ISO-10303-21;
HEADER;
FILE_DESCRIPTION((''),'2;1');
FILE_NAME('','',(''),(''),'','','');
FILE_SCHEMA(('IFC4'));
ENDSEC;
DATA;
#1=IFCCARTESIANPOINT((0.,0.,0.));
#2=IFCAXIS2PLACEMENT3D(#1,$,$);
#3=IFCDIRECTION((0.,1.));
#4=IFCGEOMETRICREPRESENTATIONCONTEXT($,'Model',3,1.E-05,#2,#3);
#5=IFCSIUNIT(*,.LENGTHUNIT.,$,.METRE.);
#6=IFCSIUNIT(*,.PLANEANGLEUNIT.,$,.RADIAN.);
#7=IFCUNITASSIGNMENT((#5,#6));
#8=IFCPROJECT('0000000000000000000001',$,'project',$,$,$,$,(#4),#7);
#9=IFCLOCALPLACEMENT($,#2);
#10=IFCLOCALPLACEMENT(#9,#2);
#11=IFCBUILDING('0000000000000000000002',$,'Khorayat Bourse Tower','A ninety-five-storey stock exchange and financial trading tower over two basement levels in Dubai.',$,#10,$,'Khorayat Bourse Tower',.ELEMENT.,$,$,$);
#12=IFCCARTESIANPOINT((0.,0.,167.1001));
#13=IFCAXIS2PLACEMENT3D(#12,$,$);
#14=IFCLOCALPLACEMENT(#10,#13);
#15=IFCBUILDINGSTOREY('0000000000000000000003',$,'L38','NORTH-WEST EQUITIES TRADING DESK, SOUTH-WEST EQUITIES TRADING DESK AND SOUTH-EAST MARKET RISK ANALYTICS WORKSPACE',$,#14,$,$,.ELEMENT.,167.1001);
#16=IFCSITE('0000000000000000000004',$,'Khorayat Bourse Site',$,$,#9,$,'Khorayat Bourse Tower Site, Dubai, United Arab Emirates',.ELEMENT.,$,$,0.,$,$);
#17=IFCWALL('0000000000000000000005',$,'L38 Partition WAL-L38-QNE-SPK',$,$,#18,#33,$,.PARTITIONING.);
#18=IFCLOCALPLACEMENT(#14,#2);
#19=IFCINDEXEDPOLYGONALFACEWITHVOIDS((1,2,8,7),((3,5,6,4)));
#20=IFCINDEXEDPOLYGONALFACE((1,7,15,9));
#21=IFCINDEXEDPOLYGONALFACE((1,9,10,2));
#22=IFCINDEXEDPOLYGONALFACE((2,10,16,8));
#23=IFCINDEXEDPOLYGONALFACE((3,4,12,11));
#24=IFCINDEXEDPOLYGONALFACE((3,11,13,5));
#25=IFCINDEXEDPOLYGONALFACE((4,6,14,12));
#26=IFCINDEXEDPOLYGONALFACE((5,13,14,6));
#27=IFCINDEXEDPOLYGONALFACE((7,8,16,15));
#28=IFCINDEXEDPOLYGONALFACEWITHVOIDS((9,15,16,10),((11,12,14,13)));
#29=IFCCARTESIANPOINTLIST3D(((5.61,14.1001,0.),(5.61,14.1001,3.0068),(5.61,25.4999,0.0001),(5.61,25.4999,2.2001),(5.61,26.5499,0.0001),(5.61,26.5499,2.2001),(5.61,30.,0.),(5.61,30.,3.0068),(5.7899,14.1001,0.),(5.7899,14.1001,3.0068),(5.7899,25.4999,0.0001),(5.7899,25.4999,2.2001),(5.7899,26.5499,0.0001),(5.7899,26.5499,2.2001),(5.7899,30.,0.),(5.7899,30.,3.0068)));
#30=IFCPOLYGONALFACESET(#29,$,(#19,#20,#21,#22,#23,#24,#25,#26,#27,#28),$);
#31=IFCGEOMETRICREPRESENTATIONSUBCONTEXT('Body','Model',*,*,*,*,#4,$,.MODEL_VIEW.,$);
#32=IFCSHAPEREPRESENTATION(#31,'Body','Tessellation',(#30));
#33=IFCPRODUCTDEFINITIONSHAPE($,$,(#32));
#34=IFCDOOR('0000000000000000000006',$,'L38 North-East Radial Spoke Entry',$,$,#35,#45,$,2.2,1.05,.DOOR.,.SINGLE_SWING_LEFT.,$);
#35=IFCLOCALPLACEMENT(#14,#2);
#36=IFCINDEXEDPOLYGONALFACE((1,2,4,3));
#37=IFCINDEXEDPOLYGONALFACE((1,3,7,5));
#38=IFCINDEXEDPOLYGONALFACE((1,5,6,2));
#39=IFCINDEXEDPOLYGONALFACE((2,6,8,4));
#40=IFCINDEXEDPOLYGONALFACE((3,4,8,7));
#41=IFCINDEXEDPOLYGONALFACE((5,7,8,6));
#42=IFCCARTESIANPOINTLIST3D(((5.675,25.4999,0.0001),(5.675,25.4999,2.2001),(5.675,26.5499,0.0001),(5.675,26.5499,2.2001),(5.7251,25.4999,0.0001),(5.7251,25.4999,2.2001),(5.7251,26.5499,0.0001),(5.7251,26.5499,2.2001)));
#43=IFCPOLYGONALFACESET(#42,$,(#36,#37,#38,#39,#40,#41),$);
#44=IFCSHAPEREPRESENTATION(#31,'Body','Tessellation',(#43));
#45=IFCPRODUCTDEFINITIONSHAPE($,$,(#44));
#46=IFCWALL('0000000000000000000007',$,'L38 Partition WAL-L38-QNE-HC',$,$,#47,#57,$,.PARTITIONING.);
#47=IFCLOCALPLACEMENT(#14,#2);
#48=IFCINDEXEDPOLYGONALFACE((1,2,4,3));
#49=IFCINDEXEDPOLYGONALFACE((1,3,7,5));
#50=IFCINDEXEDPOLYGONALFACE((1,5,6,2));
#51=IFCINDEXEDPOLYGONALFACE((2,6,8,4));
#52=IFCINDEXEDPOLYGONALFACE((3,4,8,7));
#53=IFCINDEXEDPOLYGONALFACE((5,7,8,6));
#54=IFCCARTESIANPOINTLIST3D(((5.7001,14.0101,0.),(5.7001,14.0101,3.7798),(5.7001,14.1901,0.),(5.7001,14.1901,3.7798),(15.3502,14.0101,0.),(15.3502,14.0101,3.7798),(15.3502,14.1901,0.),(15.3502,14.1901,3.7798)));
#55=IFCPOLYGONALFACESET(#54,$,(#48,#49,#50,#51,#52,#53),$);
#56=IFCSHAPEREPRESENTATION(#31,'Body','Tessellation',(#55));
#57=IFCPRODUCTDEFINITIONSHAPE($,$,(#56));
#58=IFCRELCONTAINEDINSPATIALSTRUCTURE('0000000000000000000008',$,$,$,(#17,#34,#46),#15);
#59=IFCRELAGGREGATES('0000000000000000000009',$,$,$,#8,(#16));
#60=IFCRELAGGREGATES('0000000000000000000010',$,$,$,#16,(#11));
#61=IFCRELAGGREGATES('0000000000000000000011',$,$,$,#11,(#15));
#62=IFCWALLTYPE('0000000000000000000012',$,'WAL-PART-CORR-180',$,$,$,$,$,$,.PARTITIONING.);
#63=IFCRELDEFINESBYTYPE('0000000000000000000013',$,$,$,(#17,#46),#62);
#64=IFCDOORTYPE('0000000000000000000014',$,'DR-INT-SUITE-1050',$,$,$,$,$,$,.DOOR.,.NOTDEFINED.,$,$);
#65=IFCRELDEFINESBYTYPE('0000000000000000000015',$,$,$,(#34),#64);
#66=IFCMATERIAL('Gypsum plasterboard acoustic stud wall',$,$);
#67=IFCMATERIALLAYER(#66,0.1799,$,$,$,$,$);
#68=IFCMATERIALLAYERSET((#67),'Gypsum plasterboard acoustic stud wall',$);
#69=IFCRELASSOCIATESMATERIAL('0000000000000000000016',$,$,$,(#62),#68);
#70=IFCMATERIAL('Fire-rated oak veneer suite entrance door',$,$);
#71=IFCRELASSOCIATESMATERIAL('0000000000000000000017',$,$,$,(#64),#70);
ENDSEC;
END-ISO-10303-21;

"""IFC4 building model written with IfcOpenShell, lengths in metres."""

from ifc_helpers import new_model, si_unit, direction, frame, frame_2d, origin, place, context, subcontext, project, spatial, rectangle, extrude, source, transform, mapped, material, layer, layer_set, type_object, element, fill, save


model = new_model("IFC4")

# Units and contexts
model_context = context("Model", 3, precision=1e-05, world=origin(), true_north=direction((0.0, 1.0)))
body_context = subcontext(model_context, "Body", "Model", "MODEL_VIEW")
ifc_project = project(units=[si_unit("LENGTHUNIT", "METRE"), si_unit("PLANEANGLEUNIT", "RADIAN")], contexts=[model_context])

# Site, building, storey
site_placement = place(None, origin())
site = spatial("IfcSite", under=ifc_project, at=site_placement, Name="Khorayat Bourse Site", LongName="Khorayat Bourse Tower Site, Dubai, United Arab Emirates", CompositionType="ELEMENT", RefElevation=0.0)
building_placement = place(site_placement, origin())
building = spatial("IfcBuilding", under=site, at=building_placement, Name="Khorayat Bourse Tower", Description="A ninety-five-storey stock exchange and financial trading tower over two basement levels in Dubai.", LongName="Khorayat Bourse Tower", CompositionType="ELEMENT")
storey_placement = place(building_placement, frame((0.0, 0.0, 167.1001)))
storey = spatial("IfcBuildingStorey", under=building, at=storey_placement, Name="L38", Description="NORTH-WEST EQUITIES TRADING DESK, SOUTH-WEST EQUITIES TRADING DESK AND SOUTH-EAST MARKET RISK ANALYTICS WORKSPACE", CompositionType="ELEMENT", Elevation=167.1001)

# Wall, opening, door
ifc_material_1 = material(Name="Gypsum plasterboard acoustic stud wall")
ifc_layer_1 = layer(ifc_material_1, 0.1799)
ifc_layer_set_1 = layer_set([ifc_layer_1], Name="Gypsum plasterboard acoustic stud wall")
wall_type_1 = type_object("IfcWallType", Name="WAL-PART-CORR-180", PredefinedType="PARTITIONING", material=ifc_layer_set_1)
shared_shape_1 = source(origin(), body_context, "Body", "SweptSolid", [
    extrude(rectangle(XDim=1.05, YDim=2.2, at=frame_2d((0.5249, 1.1001))), frame((0.0, 0.0999, 0.0), z_axis=(0.0, -1.0, 0.0), x_axis=(1.0, 0.0, 0.0)), (0.0, 0.0, 1.0), 0.2),
])
ifc_material_2 = material(Name="Fire-rated oak veneer suite entrance door")
door_type_1 = type_object("IfcDoorType", Name="DR-INT-SUITE-1050", OperationType="NOTDEFINED", PredefinedType="DOOR", material=ifc_material_2)
shared_shape_2 = source(origin(), body_context, "Body", "SweptSolid", [
    extrude(rectangle(XDim=1.05, YDim=2.2, at=frame_2d((0.5249, 1.1001))), frame((0.0, 0.0249, 0.0), z_axis=(0.0, -1.0, 0.0), x_axis=(1.0, 0.0, 0.0)), (0.0, 0.0, 1.0), 0.05),
])
shared_shape_3 = source(origin(), body_context, "Body", "SweptSolid", [
    extrude(rectangle(XDim=15.8999, YDim=0.1799, at=frame_2d((7.95, 0.0))), origin(), (0.0, 0.0, 1.0), 3.0068),
])
wall_1_placement = place(storey_placement, frame((5.7, 14.1001, 0.0), z_axis=(0.0, 0.0, 1.0), x_axis=(0.0, 1.0, 0.0)))
wall_1 = element("IfcWall", 1, at=wall_1_placement, inside=storey, type_object=wall_type_1, Name="L38 Partition WAL-L38-QNE-SPK", PredefinedType="PARTITIONING", context=body_context, shape_type="MappedRepresentation", body=[
    mapped(shared_shape_3, transform((0.0, 0.0, 0.0), scale=1.0)),
])
opening_1_placement = place(wall_1_placement, frame((11.3999, 0.0, 0.0)))
opening_1 = element("IfcOpeningElement", 2, at=opening_1_placement, cuts=wall_1, PredefinedType="OPENING", context=body_context, shape_type="MappedRepresentation", body=[
    mapped(shared_shape_1, transform((0.0, 0.0, 0.0), scale=1.0)),
])
door_1_placement = place(opening_1_placement, origin())
door_1 = element("IfcDoor", 3, at=door_1_placement, inside=storey, type_object=door_type_1, Name="L38 North-East Radial Spoke Entry", OperationType="SINGLE_SWING_LEFT", OverallHeight=2.2, OverallWidth=1.05, PredefinedType="DOOR", context=body_context, shape_type="MappedRepresentation", body=[
    mapped(shared_shape_2, transform((0.0, 0.0, 0.0), scale=1.0)),
])
fill(opening_1, door_1)

# Wall
shared_shape_4 = source(origin(), body_context, "Body", "SweptSolid", [
    extrude(rectangle(XDim=9.6501, YDim=0.1799, at=frame_2d((4.8252, 0.0))), origin(), (0.0, 0.0, 1.0), 3.7798),
])
wall_2_placement = place(storey_placement, frame((5.7, 14.1001, 0.0), z_axis=(0.0, 0.0, 1.0), x_axis=(1.0, 0.0, 0.0)))
element("IfcWall", 4, at=wall_2_placement, inside=storey, type_object=wall_type_1, Name="L38 Partition WAL-L38-QNE-HC", PredefinedType="PARTITIONING", context=body_context, shape_type="MappedRepresentation", body=[
    mapped(shared_shape_4, transform((0.0, 0.0, 0.0), scale=1.0)),
])

save(model, "model.ifc")
